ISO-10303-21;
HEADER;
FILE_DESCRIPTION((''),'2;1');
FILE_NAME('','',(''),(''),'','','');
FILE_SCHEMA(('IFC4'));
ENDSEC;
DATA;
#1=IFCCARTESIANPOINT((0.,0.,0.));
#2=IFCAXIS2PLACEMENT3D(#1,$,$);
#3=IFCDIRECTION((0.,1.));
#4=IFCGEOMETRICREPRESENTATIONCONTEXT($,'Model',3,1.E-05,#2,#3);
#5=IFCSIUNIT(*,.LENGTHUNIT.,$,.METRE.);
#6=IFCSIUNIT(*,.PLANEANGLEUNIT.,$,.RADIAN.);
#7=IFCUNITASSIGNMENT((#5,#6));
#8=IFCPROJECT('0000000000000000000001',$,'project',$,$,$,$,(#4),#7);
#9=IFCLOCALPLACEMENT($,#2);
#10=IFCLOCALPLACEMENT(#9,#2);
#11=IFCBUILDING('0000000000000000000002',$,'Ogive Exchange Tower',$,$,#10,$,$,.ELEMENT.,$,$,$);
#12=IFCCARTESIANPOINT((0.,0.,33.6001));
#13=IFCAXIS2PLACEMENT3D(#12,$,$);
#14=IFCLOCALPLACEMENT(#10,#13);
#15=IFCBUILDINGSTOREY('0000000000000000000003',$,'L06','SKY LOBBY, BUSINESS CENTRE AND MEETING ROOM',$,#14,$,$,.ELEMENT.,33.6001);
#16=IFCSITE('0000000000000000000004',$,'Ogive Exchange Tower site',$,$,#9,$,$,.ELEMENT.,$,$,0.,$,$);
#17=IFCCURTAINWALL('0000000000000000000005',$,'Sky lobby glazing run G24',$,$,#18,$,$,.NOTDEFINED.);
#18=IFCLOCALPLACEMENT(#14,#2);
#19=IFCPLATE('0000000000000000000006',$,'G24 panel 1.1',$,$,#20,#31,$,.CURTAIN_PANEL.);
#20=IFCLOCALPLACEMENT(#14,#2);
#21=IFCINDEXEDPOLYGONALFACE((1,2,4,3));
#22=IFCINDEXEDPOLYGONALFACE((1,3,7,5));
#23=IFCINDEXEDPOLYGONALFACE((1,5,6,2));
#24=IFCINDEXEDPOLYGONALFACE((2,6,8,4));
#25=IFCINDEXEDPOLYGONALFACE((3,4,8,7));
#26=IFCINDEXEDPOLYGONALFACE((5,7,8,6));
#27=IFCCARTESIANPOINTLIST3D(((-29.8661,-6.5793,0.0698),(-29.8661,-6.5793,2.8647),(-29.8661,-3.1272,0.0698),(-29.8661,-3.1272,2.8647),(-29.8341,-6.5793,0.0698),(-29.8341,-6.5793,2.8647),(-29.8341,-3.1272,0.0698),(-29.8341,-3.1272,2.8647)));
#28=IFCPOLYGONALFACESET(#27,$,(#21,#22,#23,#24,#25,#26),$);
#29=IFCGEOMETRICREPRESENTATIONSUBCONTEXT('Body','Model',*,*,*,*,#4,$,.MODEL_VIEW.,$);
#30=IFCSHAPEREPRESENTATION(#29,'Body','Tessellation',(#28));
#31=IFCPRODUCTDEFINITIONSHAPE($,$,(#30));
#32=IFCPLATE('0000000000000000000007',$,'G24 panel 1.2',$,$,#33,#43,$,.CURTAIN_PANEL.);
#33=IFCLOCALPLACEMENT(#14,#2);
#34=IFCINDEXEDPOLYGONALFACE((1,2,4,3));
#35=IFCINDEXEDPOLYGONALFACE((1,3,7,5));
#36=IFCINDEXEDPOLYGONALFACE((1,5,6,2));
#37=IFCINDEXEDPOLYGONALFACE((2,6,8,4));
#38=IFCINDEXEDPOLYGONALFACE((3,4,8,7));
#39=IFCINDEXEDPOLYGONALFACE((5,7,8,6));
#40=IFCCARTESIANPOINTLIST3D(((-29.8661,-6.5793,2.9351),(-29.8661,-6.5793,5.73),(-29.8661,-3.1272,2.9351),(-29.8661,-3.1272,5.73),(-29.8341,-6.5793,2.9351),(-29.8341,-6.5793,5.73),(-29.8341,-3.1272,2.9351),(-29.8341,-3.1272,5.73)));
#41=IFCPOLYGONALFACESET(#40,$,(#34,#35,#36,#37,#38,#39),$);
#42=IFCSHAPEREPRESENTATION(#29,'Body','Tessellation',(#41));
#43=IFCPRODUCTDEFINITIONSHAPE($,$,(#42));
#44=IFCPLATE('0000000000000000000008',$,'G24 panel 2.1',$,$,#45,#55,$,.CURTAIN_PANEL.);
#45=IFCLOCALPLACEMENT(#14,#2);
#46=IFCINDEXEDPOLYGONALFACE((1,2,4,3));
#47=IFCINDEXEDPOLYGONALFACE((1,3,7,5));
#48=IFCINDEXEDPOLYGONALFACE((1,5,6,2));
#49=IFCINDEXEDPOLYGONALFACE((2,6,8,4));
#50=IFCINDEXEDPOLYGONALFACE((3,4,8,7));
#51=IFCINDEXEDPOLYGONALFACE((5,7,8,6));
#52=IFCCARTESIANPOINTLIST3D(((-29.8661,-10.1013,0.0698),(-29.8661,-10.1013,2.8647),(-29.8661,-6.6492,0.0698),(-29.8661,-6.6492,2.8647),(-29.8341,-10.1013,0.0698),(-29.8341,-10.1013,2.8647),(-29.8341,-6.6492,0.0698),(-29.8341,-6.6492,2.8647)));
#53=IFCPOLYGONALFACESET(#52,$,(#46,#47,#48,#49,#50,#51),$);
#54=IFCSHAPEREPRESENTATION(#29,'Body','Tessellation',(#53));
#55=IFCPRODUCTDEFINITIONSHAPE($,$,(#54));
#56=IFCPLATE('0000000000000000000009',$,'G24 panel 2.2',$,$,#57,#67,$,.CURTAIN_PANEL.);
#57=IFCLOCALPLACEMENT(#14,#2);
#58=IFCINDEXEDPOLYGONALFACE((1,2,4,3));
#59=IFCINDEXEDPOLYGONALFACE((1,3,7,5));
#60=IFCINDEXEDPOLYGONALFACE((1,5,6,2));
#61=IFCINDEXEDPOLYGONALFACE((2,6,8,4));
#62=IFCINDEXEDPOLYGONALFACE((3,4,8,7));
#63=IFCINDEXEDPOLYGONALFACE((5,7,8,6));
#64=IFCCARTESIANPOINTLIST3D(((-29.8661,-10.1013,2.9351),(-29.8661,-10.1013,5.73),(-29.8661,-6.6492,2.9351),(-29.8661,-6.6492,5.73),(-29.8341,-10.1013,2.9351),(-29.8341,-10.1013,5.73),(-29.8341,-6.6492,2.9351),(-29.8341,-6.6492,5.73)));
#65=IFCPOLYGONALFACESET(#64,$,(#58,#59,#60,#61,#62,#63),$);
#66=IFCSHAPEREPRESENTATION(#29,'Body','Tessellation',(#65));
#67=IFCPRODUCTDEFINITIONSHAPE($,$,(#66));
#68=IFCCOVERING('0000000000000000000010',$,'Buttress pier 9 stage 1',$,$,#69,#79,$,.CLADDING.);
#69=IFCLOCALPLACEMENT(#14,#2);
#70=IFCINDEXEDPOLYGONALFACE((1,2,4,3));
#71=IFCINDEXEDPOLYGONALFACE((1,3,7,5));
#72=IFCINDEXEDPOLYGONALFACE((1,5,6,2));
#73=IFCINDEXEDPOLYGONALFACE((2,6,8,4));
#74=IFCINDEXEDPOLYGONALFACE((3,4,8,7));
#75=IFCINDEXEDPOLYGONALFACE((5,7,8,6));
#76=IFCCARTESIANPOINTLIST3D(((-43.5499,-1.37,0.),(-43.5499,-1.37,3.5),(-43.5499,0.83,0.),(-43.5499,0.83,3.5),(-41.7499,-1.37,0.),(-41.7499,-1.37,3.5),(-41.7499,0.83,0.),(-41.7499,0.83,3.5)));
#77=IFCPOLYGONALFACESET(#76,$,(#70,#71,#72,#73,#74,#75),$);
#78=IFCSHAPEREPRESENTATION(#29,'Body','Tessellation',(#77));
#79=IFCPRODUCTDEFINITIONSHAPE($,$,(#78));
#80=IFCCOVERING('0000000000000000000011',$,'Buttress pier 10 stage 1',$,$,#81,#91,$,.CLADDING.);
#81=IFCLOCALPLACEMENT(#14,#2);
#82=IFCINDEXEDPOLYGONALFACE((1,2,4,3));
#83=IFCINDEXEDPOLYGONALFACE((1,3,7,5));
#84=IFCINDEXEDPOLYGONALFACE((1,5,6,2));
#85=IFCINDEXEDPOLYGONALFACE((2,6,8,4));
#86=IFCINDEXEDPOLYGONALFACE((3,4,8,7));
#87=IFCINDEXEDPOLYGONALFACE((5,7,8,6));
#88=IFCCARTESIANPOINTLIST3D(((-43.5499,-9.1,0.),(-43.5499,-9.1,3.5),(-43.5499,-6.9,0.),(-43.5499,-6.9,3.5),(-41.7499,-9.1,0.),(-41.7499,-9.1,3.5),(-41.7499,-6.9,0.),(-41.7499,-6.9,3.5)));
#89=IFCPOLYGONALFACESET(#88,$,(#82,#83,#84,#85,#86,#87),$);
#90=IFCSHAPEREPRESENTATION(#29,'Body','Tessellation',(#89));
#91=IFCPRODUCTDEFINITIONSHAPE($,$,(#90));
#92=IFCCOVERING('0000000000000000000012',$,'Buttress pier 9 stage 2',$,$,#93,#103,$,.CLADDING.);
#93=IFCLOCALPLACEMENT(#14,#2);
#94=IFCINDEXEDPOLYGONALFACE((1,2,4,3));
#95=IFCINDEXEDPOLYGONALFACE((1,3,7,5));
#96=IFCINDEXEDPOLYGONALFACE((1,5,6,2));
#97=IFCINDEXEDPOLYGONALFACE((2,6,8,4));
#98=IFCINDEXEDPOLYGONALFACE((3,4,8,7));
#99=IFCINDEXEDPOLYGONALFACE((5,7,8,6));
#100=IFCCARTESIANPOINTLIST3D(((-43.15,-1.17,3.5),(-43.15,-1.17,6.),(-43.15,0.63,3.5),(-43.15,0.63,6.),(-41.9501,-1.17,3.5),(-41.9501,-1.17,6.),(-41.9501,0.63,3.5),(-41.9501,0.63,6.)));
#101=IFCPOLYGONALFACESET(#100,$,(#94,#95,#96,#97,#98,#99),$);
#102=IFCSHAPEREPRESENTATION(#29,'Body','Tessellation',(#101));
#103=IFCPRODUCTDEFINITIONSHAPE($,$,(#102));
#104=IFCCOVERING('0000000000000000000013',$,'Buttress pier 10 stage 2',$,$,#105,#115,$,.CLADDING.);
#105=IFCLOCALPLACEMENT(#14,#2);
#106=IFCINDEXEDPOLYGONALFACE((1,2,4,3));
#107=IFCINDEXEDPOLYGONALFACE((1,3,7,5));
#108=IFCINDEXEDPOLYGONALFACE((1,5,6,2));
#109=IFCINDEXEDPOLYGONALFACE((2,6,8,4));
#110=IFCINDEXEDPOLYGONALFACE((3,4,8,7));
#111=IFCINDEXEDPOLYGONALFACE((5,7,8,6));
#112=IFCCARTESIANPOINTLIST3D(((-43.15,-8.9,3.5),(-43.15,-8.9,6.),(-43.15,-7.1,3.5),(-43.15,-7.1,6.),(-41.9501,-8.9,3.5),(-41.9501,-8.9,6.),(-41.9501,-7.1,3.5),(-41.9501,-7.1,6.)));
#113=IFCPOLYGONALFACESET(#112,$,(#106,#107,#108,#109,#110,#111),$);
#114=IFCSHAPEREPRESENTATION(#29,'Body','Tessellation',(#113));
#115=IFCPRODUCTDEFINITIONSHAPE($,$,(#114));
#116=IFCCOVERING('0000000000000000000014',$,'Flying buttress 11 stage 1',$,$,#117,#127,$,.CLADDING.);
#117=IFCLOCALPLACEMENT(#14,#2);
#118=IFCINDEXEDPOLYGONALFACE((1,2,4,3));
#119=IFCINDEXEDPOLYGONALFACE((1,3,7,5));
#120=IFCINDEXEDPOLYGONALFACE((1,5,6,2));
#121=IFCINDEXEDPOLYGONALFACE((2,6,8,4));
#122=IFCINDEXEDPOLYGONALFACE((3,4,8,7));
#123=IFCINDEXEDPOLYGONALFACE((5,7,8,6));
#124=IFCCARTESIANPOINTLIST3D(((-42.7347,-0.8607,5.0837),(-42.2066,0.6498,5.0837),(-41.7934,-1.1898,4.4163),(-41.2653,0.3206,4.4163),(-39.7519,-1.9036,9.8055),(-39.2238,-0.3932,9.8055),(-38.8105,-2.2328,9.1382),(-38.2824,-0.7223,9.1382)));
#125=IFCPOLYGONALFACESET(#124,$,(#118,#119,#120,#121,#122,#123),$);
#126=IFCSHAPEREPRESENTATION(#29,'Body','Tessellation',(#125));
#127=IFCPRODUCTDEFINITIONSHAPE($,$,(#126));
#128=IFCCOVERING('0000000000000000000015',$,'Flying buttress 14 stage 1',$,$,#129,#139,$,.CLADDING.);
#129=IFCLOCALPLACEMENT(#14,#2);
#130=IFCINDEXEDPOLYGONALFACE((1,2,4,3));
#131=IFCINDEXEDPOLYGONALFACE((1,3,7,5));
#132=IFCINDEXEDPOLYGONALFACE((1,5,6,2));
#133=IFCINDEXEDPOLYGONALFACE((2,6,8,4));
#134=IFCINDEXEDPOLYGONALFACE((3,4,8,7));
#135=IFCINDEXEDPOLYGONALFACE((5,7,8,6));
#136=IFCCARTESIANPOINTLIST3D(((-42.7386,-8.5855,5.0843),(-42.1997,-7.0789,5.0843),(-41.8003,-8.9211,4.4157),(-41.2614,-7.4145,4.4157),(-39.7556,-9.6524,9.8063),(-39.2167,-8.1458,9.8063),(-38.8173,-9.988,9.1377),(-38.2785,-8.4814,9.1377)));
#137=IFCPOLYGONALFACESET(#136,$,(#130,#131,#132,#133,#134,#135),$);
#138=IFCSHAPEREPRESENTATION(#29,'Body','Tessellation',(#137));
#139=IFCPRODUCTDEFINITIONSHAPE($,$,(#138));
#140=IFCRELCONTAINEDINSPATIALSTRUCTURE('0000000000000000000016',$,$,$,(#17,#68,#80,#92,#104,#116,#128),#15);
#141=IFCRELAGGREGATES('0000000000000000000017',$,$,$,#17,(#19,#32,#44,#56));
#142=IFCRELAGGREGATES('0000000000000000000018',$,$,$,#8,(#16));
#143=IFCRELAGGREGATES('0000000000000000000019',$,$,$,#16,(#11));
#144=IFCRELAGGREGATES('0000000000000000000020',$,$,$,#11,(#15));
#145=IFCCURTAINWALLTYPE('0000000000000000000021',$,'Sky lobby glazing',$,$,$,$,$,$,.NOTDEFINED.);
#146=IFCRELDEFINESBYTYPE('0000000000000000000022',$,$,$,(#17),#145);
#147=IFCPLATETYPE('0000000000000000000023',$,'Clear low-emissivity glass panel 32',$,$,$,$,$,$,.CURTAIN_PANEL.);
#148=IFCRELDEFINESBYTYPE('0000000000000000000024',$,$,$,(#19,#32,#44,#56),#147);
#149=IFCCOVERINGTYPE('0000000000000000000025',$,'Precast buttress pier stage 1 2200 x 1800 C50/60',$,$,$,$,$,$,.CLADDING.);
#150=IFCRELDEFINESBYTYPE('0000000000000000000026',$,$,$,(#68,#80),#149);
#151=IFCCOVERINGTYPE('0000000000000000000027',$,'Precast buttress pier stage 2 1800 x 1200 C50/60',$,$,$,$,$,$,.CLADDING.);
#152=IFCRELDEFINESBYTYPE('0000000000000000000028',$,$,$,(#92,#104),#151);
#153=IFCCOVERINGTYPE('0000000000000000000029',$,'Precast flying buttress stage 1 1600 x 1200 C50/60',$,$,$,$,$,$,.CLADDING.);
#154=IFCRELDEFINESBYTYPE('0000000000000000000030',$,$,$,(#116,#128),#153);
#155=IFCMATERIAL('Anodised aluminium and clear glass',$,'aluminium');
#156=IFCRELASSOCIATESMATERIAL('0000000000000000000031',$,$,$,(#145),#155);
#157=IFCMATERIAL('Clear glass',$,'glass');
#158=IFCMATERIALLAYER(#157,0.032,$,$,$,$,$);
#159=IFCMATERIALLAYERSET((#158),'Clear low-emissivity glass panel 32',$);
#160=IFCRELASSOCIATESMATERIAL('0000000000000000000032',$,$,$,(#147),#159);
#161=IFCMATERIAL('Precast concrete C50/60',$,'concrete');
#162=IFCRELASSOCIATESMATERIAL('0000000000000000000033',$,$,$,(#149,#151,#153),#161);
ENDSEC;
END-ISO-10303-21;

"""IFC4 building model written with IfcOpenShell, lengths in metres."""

from ifc_helpers import new_model, si_unit, direction, frame, origin, origin_2d, place, context, subcontext, project, spatial, rectangle, extrude, material, layer, layer_set, material_profile, profile_set, type_object, element, aggregate, save


model = new_model("IFC4")

# Units and contexts
model_context = context("Model", 3, precision=1e-05, world=origin(), true_north=direction((0.0, 1.0)))
body_context = subcontext(model_context, "Body", "Model", "MODEL_VIEW")
ifc_project = project(units=[si_unit("LENGTHUNIT", "METRE"), si_unit("PLANEANGLEUNIT", "RADIAN")], contexts=[model_context])

# Site, building, storey
site_placement = place(None, origin())
site = spatial("IfcSite", under=ifc_project, at=site_placement, Name="Ogive Exchange Tower site", CompositionType="ELEMENT", RefElevation=0.0)
building_placement = place(site_placement, origin())
building = spatial("IfcBuilding", under=site, at=building_placement, Name="Ogive Exchange Tower", CompositionType="ELEMENT")
storey_placement = place(building_placement, frame((0.0, 0.0, 33.6001)))
storey = spatial("IfcBuildingStorey", under=building, at=storey_placement, Name="L06", Description="SKY LOBBY, BUSINESS CENTRE AND MEETING ROOM", CompositionType="ELEMENT", Elevation=33.6001)

# Curtain wall
ifc_material_1 = material(Name="Anodised aluminium and clear glass", Category="aluminium")
curtain_wall_type = type_object("IfcCurtainWallType", Name="Sky lobby glazing", PredefinedType="NOTDEFINED", material=ifc_material_1)
curtain_wall_1_placement = place(storey_placement, origin())
curtain_wall_1 = element("IfcCurtainWall", 1, at=curtain_wall_1_placement, inside=storey, type_object=curtain_wall_type, Name="Sky lobby glazing run G24", PredefinedType="NOTDEFINED")

# Plates
ifc_material_2 = material(Name="Clear glass", Category="glass")
ifc_layer = layer(ifc_material_2, 0.032)
ifc_layer_set = layer_set([ifc_layer], Name="Clear low-emissivity glass panel 32")
plate_type = type_object("IfcPlateType", Name="Clear low-emissivity glass panel 32", PredefinedType="CURTAIN_PANEL", material=ifc_layer_set)
plate_1_placement = place(storey_placement, frame((-29.8501, -4.8533, 0.0698), z_axis=(0.0, 0.0, 1.0), x_axis=(0.0, -1.0, 0.0)))
plate_1 = element("IfcPlate", 2, at=plate_1_placement, type_object=plate_type, Name="G24 panel 1.1", PredefinedType="CURTAIN_PANEL", context=body_context, shape_type="SweptSolid", body=[
    extrude(rectangle(XDim=3.4521, YDim=0.032, at=origin_2d()), origin(), (0.0, 0.0, 1.0), 2.7949),
])
plate_2_placement = place(storey_placement, frame((-29.8501, -4.8533, 2.9351), z_axis=(0.0, 0.0, 1.0), x_axis=(0.0, -1.0, 0.0)))
plate_2 = element("IfcPlate", 3, at=plate_2_placement, type_object=plate_type, Name="G24 panel 1.2", PredefinedType="CURTAIN_PANEL", context=body_context, shape_type="SweptSolid", body=[
    extrude(rectangle(XDim=3.4521, YDim=0.032, at=origin_2d()), origin(), (0.0, 0.0, 1.0), 2.7949),
])
plate_3_placement = place(storey_placement, frame((-29.8501, -8.3752, 0.0698), z_axis=(0.0, 0.0, 1.0), x_axis=(0.0, -1.0, 0.0)))
plate_3 = element("IfcPlate", 4, at=plate_3_placement, type_object=plate_type, Name="G24 panel 2.1", PredefinedType="CURTAIN_PANEL", context=body_context, shape_type="SweptSolid", body=[
    extrude(rectangle(XDim=3.4521, YDim=0.032, at=origin_2d()), origin(), (0.0, 0.0, 1.0), 2.7949),
])
plate_4_placement = place(storey_placement, frame((-29.8501, -8.3752, 2.9351), z_axis=(0.0, 0.0, 1.0), x_axis=(0.0, -1.0, 0.0)))
plate_4 = element("IfcPlate", 5, at=plate_4_placement, type_object=plate_type, Name="G24 panel 2.2", PredefinedType="CURTAIN_PANEL", context=body_context, shape_type="SweptSolid", body=[
    extrude(rectangle(XDim=3.4521, YDim=0.032, at=origin_2d()), origin(), (0.0, 0.0, 1.0), 2.7949),
])
aggregate(curtain_wall_1, [plate_1, plate_2, plate_3, plate_4])

# Coverings
ifc_material_3 = material(Name="Precast concrete C50/60", Category="concrete")
ifc_material_profile_1 = material_profile(ifc_material_3, rectangle(XDim=2.2, YDim=1.8, at=origin_2d()), Name="BUTTRESS PIER 1 2200 x 1800")
ifc_profile_set_1 = profile_set([ifc_material_profile_1], Name="Precast concrete C50/60")
covering_type_1 = type_object("IfcCoveringType", Name="Precast buttress pier stage 1 2200 x 1800 C50/60", PredefinedType="CLADDING", material=ifc_profile_set_1)
for number, where, z_axis, x_axis, name in (
    (6, (-42.6499, -0.27, 0.0), (0.0, 0.0, 1.0), (0.0, 1.0, 0.0), "Buttress pier 9 stage 1"),
    (7, (-42.6499, -8.0, 0.0), (0.0, 0.0, 1.0), (0.0, 1.0, 0.0), "Buttress pier 10 stage 1"),
):
    element("IfcCovering", number, at=place(storey_placement, frame(where, z_axis=z_axis, x_axis=x_axis)), inside=storey, type_object=covering_type_1, Name=name, PredefinedType="CLADDING", context=body_context, shape_type="SweptSolid", body=[
        extrude(rectangle(XDim=2.2, YDim=1.8, at=origin_2d()), origin(), (0.0, 0.0, 1.0), 3.5),
    ])
ifc_material_profile_2 = material_profile(ifc_material_3, rectangle(XDim=1.8, YDim=1.2, at=origin_2d()), Name="BUTTRESS PIER 2 1800 x 1200")
ifc_profile_set_2 = profile_set([ifc_material_profile_2], Name="Precast concrete C50/60")
covering_type_2 = type_object("IfcCoveringType", Name="Precast buttress pier stage 2 1800 x 1200 C50/60", PredefinedType="CLADDING", material=ifc_profile_set_2)
for number, where, z_axis, x_axis, name in (
    (8, (-42.55, -0.27, 3.5), (0.0, 0.0, 1.0), (0.0, 1.0, 0.0), "Buttress pier 9 stage 2"),
    (9, (-42.55, -8.0, 3.5), (0.0, 0.0, 1.0), (0.0, 1.0, 0.0), "Buttress pier 10 stage 2"),
):
    element("IfcCovering", number, at=place(storey_placement, frame(where, z_axis=z_axis, x_axis=x_axis)), inside=storey, type_object=covering_type_2, Name=name, PredefinedType="CLADDING", context=body_context, shape_type="SweptSolid", body=[
        extrude(rectangle(XDim=1.8, YDim=1.2, at=origin_2d()), origin(), (0.0, 0.0, 1.0), 2.5),
    ])
ifc_material_profile_3 = material_profile(ifc_material_3, rectangle(XDim=1.6001, YDim=1.2, at=origin_2d()), Name="FLYING BUTTRESS 1 1600 x 1200")
ifc_profile_set_3 = profile_set([ifc_material_profile_3], Name="Precast concrete C50/60")
covering_type_3 = type_object("IfcCoveringType", Name="Precast flying buttress stage 1 1600 x 1200 C50/60", PredefinedType="CLADDING", material=ifc_profile_set_3)
covering_1_placement = place(storey_placement, frame((-42.0, -0.27, 4.75), z_axis=(0.525, -0.183565, 0.831071), x_axis=(0.330054, 0.943962, 0.0)))
element("IfcCovering", 10, at=covering_1_placement, inside=storey, type_object=covering_type_3, Name="Flying buttress 11 stage 1", PredefinedType="CLADDING", context=body_context, shape_type="SweptSolid", body=[
    extrude(rectangle(XDim=1.6001, YDim=1.2, at=origin_2d()), origin(), (0.0, 0.0, 1.0), 5.6816),
])
covering_2_placement = place(storey_placement, frame((-42.0, -8.0, 4.75), z_axis=(0.52459, -0.18763, 0.830422), x_axis=(0.336776, 0.941585, 0.0)))
element("IfcCovering", 11, at=covering_2_placement, inside=storey, type_object=covering_type_3, Name="Flying buttress 14 stage 1", PredefinedType="CLADDING", context=body_context, shape_type="SweptSolid", body=[
    extrude(rectangle(XDim=1.6001, YDim=1.2, at=origin_2d()), origin(), (0.0, 0.0, 1.0), 5.6863),
])

save(model, "model.ifc")
